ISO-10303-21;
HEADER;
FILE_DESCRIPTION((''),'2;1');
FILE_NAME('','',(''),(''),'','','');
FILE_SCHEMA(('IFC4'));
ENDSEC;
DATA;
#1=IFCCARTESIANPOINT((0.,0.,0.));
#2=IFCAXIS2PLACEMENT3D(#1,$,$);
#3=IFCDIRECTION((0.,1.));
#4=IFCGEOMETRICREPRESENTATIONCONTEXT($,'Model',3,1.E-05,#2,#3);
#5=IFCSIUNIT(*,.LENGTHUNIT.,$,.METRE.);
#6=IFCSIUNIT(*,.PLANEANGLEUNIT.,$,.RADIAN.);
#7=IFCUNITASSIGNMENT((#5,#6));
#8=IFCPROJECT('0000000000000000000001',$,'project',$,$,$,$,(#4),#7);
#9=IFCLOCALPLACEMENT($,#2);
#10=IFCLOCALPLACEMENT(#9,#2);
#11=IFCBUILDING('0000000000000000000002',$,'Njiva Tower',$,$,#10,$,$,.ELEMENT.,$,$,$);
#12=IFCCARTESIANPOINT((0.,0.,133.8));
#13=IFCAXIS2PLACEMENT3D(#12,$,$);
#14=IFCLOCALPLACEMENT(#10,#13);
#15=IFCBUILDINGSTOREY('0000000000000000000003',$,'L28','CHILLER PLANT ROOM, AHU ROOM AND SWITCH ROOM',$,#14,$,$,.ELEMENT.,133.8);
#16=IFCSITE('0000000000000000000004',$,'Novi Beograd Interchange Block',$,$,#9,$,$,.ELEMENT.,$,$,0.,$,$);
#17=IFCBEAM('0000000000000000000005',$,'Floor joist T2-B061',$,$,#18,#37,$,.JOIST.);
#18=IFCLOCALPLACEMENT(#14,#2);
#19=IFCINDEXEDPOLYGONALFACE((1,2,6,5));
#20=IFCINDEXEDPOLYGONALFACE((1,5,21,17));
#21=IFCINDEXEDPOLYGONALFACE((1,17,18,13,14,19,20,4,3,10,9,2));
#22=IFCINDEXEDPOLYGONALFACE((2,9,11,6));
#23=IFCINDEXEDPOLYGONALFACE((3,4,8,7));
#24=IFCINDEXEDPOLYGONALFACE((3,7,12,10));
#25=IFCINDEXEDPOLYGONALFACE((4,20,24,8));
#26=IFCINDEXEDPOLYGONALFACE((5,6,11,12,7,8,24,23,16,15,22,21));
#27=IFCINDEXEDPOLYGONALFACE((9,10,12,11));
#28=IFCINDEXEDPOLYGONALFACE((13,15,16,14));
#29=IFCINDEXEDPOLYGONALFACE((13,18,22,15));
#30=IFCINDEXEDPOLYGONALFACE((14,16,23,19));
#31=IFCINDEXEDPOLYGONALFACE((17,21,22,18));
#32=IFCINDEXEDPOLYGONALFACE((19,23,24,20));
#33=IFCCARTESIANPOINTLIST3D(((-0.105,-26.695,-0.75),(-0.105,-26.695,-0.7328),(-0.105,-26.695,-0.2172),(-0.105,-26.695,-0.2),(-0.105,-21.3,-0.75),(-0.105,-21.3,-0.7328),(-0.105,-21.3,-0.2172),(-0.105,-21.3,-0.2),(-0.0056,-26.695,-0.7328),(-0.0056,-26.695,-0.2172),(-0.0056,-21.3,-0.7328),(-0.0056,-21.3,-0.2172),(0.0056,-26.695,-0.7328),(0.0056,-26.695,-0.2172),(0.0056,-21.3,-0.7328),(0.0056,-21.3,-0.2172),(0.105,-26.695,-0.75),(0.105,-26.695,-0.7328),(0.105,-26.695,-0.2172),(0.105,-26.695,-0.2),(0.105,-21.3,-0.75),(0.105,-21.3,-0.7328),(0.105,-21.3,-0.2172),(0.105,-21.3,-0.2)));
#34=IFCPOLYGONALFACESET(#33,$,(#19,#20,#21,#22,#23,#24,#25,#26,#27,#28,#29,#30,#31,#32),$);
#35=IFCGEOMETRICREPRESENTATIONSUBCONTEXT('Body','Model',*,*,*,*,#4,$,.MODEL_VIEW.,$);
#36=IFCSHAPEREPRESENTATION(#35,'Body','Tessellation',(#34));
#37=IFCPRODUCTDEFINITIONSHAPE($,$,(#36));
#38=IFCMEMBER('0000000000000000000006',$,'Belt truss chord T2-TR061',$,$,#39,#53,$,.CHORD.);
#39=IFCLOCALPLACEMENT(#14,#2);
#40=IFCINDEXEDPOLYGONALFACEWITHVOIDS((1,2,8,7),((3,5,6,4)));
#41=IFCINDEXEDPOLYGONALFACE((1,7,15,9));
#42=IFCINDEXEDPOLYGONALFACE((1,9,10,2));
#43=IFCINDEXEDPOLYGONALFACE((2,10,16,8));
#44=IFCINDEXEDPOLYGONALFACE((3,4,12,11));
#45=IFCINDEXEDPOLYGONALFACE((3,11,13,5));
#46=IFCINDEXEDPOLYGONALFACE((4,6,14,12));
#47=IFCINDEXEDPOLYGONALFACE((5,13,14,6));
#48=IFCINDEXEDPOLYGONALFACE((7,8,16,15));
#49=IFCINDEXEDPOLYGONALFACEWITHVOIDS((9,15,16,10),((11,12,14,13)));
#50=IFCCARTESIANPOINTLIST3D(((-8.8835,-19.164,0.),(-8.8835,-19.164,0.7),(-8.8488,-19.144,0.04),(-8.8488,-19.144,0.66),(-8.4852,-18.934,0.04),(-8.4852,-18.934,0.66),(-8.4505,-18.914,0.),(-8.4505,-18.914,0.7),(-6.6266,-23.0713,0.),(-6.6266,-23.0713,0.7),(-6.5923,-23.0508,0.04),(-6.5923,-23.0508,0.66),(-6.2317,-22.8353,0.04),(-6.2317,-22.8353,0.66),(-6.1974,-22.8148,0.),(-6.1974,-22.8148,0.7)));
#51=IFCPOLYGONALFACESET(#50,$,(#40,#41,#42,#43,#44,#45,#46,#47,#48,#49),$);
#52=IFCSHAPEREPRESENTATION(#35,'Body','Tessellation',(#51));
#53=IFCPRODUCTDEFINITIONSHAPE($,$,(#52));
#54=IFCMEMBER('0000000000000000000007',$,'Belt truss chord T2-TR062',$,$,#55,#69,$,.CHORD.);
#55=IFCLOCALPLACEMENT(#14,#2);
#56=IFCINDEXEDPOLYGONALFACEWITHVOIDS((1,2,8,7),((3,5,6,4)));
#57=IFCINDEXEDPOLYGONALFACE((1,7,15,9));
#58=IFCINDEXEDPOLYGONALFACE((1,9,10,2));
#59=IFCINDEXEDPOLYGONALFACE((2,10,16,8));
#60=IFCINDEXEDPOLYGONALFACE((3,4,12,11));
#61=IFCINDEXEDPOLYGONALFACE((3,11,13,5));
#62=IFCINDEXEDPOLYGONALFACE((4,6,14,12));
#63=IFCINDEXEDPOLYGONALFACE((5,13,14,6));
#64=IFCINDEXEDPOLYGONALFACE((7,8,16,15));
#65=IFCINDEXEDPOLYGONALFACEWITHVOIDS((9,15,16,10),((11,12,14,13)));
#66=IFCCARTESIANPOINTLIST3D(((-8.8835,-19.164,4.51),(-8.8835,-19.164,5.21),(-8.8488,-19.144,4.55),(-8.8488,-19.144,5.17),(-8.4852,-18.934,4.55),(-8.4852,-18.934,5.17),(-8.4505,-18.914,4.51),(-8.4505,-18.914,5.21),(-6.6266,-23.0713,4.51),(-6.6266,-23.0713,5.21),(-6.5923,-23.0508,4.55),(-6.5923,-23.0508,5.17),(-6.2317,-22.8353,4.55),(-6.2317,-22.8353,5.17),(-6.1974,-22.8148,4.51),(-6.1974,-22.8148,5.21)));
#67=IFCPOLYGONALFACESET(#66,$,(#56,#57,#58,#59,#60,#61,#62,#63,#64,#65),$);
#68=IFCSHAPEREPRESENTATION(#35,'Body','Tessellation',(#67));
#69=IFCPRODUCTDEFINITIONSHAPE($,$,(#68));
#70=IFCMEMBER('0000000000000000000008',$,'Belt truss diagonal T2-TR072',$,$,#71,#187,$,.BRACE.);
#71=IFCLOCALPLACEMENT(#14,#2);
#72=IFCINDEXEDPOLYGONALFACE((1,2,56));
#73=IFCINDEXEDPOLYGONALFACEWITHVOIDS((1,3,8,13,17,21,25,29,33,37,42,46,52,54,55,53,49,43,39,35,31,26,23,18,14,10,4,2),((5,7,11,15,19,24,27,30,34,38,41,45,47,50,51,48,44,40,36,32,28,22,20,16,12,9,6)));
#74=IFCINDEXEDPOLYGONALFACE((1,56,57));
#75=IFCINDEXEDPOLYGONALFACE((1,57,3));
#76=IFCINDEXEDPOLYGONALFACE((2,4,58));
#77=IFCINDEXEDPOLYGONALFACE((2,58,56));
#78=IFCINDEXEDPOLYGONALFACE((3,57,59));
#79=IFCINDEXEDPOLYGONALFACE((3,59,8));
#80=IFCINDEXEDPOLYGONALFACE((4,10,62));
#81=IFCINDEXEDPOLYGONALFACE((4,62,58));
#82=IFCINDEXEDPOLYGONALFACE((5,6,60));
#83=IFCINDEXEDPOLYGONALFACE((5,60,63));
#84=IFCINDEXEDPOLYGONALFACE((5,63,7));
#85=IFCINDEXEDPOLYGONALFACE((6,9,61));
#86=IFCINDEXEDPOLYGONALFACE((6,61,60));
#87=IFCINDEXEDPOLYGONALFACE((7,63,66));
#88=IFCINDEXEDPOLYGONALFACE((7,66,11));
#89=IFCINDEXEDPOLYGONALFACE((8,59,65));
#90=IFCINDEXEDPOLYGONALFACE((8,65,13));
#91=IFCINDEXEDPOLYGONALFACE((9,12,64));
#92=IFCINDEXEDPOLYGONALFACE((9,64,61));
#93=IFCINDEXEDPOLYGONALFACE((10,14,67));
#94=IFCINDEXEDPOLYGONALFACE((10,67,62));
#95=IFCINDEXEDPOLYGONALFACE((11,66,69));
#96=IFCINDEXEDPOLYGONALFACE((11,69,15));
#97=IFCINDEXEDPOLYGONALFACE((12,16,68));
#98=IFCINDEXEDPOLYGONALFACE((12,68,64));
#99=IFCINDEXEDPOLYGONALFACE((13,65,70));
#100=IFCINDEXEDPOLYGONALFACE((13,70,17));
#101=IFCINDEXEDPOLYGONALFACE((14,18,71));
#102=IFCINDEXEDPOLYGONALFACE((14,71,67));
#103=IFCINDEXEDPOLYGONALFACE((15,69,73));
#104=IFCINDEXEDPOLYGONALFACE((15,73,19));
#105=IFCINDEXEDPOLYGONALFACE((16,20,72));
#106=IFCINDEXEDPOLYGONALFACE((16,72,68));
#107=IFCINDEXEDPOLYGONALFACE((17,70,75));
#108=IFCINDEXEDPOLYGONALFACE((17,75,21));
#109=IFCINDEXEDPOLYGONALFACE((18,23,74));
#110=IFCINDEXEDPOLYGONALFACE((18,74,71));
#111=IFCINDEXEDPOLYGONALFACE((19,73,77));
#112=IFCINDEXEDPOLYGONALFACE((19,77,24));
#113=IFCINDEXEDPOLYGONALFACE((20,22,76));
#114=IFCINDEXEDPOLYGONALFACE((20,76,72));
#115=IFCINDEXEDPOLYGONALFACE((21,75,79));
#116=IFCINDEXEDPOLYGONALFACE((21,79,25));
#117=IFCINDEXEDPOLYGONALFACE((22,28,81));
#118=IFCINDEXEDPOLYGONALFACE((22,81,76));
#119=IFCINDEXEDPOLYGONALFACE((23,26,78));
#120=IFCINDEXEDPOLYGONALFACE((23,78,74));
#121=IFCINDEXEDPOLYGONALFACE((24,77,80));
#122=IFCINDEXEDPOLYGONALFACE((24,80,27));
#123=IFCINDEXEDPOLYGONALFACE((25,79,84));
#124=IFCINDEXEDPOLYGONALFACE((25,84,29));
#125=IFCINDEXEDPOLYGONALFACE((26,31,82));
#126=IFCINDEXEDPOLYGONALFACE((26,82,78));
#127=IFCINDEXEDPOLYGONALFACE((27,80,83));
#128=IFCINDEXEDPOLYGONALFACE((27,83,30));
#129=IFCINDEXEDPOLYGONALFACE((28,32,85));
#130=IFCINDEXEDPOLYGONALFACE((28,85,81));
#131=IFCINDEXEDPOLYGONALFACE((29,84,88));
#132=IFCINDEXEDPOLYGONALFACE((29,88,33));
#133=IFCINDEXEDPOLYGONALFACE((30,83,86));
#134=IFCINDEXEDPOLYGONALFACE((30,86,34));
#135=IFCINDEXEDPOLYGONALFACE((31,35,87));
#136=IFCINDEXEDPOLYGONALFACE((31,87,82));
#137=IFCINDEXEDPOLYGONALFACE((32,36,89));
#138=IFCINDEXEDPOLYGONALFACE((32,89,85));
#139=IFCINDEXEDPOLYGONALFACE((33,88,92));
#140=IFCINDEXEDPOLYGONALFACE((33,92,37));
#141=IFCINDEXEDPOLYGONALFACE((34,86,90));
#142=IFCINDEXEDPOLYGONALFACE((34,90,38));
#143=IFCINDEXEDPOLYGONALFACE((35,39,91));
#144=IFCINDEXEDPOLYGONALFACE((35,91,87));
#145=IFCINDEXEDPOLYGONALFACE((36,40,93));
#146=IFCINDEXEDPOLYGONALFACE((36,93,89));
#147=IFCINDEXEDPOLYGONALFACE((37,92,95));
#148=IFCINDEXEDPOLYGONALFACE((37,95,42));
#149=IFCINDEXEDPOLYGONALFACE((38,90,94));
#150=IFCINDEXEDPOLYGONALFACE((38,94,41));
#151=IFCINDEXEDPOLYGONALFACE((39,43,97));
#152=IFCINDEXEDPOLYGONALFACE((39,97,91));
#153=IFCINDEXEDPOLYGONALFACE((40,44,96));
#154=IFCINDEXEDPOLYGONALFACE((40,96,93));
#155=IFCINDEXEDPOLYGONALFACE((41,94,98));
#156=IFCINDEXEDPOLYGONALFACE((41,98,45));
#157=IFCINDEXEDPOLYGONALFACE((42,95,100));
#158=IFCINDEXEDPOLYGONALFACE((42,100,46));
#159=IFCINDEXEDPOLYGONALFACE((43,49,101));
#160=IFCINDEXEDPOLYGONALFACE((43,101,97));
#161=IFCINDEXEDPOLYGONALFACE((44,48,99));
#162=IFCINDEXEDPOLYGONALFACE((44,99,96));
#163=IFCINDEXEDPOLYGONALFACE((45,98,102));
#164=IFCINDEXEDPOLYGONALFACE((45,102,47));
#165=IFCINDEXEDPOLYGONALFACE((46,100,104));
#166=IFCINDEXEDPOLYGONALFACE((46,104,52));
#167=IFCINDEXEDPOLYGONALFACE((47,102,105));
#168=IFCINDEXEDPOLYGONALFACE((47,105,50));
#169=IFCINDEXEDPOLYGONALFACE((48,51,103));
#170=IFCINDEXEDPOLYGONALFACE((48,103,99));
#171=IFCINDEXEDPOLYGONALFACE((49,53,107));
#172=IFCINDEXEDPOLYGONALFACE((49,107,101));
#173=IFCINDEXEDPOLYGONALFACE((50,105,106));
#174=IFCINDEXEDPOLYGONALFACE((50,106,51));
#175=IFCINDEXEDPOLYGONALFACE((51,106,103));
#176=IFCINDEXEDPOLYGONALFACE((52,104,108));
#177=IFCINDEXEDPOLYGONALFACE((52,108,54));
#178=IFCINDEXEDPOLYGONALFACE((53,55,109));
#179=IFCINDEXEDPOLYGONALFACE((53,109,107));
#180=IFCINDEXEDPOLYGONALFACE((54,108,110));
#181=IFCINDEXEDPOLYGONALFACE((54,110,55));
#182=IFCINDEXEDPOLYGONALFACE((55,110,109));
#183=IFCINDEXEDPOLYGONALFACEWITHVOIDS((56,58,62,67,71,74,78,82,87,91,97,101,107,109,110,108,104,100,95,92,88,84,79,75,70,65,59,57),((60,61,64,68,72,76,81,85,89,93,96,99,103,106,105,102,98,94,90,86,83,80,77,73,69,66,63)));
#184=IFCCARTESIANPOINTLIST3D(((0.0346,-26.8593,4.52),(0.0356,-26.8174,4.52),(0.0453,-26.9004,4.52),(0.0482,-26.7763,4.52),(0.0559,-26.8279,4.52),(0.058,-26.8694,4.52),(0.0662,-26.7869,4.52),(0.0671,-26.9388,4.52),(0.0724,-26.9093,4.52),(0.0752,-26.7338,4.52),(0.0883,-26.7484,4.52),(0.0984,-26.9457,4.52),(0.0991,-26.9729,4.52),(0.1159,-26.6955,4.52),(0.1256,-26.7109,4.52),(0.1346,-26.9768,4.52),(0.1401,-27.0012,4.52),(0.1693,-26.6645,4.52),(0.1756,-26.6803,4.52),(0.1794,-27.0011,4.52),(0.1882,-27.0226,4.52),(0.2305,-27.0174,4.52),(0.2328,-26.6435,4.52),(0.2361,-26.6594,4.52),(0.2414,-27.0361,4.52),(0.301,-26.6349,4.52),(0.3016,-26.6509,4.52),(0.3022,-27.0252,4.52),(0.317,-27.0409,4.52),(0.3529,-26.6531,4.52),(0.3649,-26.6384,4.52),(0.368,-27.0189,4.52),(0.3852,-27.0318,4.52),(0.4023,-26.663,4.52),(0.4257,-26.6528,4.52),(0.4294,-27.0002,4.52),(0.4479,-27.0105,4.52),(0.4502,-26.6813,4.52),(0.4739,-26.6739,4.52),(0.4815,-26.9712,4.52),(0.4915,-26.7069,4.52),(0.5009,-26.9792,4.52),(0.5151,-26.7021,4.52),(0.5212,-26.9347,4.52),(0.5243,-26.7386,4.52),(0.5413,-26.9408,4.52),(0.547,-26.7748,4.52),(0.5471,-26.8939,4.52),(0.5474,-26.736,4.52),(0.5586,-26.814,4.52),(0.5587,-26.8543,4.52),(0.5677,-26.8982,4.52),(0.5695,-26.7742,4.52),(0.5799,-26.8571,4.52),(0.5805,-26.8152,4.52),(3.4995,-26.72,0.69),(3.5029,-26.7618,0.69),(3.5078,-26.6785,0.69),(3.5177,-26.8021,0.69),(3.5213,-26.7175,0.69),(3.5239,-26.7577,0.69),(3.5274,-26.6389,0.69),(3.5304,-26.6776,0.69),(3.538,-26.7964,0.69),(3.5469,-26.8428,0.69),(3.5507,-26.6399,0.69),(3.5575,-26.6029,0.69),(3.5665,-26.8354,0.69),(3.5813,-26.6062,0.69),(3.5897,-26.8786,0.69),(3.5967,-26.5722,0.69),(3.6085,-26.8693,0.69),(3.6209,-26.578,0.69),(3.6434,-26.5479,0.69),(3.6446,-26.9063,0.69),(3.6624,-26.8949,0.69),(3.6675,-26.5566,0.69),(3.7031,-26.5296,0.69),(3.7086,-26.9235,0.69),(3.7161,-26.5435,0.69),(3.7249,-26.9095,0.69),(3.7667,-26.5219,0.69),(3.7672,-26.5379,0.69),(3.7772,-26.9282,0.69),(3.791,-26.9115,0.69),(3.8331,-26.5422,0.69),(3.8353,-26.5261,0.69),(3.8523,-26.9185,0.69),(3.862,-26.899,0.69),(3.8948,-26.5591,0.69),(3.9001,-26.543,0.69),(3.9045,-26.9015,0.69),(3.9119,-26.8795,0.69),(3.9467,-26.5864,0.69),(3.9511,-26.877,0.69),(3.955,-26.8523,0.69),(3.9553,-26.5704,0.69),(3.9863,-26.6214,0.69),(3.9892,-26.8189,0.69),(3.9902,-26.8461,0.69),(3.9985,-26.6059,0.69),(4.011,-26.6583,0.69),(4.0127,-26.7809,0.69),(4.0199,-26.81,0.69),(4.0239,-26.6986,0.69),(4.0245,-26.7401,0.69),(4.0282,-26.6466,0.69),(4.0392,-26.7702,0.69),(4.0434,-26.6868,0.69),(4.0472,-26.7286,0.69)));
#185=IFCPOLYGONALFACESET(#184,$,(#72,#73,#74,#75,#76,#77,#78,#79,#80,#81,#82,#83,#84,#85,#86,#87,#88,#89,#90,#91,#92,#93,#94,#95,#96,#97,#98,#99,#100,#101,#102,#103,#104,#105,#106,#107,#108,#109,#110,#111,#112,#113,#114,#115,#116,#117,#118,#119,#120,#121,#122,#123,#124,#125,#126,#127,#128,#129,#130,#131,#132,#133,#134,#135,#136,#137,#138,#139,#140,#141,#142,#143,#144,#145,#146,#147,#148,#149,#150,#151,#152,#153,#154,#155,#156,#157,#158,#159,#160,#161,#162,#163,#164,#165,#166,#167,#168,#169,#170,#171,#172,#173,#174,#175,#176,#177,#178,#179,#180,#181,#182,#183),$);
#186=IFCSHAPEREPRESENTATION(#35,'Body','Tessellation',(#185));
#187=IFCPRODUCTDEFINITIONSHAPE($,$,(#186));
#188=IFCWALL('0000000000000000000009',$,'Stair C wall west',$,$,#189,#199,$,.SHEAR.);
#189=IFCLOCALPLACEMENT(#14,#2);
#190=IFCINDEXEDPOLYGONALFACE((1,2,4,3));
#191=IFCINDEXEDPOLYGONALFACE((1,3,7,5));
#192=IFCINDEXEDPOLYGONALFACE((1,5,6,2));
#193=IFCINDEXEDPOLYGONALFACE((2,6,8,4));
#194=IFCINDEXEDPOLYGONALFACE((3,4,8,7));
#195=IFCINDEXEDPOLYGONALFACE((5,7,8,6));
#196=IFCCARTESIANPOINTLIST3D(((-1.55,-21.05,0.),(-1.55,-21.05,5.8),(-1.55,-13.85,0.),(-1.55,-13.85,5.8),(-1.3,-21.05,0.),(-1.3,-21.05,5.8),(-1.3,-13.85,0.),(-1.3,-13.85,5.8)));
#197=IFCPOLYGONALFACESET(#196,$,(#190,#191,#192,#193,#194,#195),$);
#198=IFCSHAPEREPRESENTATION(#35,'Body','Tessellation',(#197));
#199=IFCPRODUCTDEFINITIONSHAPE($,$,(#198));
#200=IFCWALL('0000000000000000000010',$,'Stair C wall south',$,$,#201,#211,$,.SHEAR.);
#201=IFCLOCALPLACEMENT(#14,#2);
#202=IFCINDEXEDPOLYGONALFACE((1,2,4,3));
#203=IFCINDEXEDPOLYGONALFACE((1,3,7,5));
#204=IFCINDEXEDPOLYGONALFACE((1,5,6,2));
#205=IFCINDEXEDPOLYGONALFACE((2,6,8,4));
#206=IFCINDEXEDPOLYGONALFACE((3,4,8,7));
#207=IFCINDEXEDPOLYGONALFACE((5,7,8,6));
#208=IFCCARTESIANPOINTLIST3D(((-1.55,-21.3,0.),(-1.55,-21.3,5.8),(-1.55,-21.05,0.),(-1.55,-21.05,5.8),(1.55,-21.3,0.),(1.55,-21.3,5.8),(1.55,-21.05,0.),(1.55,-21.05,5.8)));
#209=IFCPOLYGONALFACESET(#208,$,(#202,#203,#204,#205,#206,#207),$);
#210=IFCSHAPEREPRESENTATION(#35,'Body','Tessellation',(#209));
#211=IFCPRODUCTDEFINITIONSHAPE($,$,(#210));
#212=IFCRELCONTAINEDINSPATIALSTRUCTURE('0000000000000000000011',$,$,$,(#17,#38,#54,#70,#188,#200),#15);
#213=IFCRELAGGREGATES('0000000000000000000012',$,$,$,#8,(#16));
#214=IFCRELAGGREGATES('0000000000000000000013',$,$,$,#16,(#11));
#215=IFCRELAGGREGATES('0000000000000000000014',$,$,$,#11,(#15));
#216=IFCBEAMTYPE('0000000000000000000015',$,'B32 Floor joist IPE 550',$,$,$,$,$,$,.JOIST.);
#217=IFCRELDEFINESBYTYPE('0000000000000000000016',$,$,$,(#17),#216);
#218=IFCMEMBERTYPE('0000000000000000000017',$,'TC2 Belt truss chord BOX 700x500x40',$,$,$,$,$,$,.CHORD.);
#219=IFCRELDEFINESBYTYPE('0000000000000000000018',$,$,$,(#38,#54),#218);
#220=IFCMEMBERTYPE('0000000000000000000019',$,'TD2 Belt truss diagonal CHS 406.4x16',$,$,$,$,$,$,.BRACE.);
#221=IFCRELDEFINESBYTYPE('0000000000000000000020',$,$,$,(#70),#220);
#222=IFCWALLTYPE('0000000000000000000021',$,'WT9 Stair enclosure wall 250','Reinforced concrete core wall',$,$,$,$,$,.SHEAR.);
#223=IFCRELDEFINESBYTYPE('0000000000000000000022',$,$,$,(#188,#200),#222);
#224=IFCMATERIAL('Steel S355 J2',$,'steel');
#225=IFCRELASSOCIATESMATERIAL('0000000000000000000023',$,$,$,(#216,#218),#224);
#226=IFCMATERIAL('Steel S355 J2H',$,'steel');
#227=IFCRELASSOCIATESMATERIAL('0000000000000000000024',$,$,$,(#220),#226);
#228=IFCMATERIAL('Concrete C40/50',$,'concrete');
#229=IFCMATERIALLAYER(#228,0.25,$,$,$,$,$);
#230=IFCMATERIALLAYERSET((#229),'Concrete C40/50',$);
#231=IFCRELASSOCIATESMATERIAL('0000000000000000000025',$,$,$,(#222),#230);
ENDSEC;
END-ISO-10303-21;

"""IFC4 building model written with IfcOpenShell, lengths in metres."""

from ifc_helpers import new_model, si_unit, direction, frame, frame_2d, origin, origin_2d, place, context, subcontext, project, spatial, rectangle, hollow_rectangle, hollow_circle, i_section, extrude, clip, halfspace, material, layer, layer_set, material_profile, profile_set, type_object, element, save


model = new_model("IFC4")

# Units and contexts
model_context = context("Model", 3, precision=1e-05, world=origin(), true_north=direction((0.0, 1.0)))
body_context = subcontext(model_context, "Body", "Model", "MODEL_VIEW")
ifc_project = project(units=[si_unit("LENGTHUNIT", "METRE"), si_unit("PLANEANGLEUNIT", "RADIAN")], contexts=[model_context])

# Site, building, storey
site_placement = place(None, origin())
site = spatial("IfcSite", under=ifc_project, at=site_placement, Name="Novi Beograd Interchange Block", CompositionType="ELEMENT", RefElevation=0.0)
building_placement = place(site_placement, origin())
building = spatial("IfcBuilding", under=site, at=building_placement, Name="Njiva Tower", CompositionType="ELEMENT")
storey_placement = place(building_placement, frame((0.0, 0.0, 133.8)))
storey = spatial("IfcBuildingStorey", under=building, at=storey_placement, Name="L28", Description="CHILLER PLANT ROOM, AHU ROOM AND SWITCH ROOM", CompositionType="ELEMENT", Elevation=133.8)

# Shared definitions
ifc_material_1 = material(Name="Steel S355 J2", Category="steel")

# Beam
ifc_material_profile_1 = material_profile(ifc_material_1, i_section(OverallWidth=0.21, OverallDepth=0.55, WebThickness=0.0111, FlangeThickness=0.0172, at=origin_2d()), Name="IPE 550")
ifc_profile_set_1 = profile_set([ifc_material_profile_1], Name="Steel S355 J2")
beam_type_1 = type_object("IfcBeamType", Name="B32 Floor joist IPE 550", PredefinedType="JOIST", material=ifc_profile_set_1)
beam_1_placement = place(storey_placement, frame((0.0, -21.3, -0.475), z_axis=(0.0, -1.0, 0.0), x_axis=(1.0, 0.0, 0.0)))
element("IfcBeam", 1, at=beam_1_placement, inside=storey, type_object=beam_type_1, Name="Floor joist T2-B061", PredefinedType="JOIST", context=body_context, shape_type="SweptSolid", body=[
    extrude(i_section(OverallWidth=0.21, OverallDepth=0.55, WebThickness=0.0111, FlangeThickness=0.0172, at=origin_2d()), origin(), (0.0, 0.0, 1.0), 5.395),
])

# Members
ifc_material_profile_2 = material_profile(ifc_material_1, hollow_rectangle(XDim=0.5, YDim=0.7, WallThickness=0.04, at=origin_2d()), Name="BOX 700x500x40")
ifc_profile_set_2 = profile_set([ifc_material_profile_2], Name="Steel S355 J2")
member_type_1 = type_object("IfcMemberType", Name="TC2 Belt truss chord BOX 700x500x40", PredefinedType="CHORD", material=ifc_profile_set_2)
member_1_placement = place(storey_placement, frame((-8.667, -19.039, 0.35), z_axis=(0.50017, -0.865927, 0.0), x_axis=(0.865927, 0.50017, 0.0)))
element("IfcMember", 2, at=member_1_placement, inside=storey, type_object=member_type_1, Name="Belt truss chord T2-TR061", PredefinedType="CHORD", context=body_context, shape_type="Clipping", body=[
    clip(extrude(hollow_rectangle(XDim=0.5, YDim=0.7, WallThickness=0.04, at=origin_2d()), origin(), (0.0, 0.0, 1.0), 4.5425), halfspace(frame((0.0, -134.15, 4.5085), z_axis=(0.014866, 0.0, 0.99989), x_axis=(0.0, 1.0, 0.0)), False)),
])
member_2_placement = place(storey_placement, frame((-8.667, -19.039, 4.86), z_axis=(0.50017, -0.865927, 0.0), x_axis=(0.865927, 0.50017, 0.0)))
element("IfcMember", 3, at=member_2_placement, inside=storey, type_object=member_type_1, Name="Belt truss chord T2-TR062", PredefinedType="CHORD", context=body_context, shape_type="Clipping", body=[
    clip(extrude(hollow_rectangle(XDim=0.5, YDim=0.7, WallThickness=0.04, at=origin_2d()), origin(), (0.0, 0.0, 1.0), 4.5425), halfspace(frame((0.0, -138.66, 4.5085), z_axis=(0.014866, 0.0, 0.99989), x_axis=(0.0, 1.0, 0.0)), False)),
])
ifc_material_2 = material(Name="Steel S355 J2H", Category="steel")
ifc_material_profile_3 = material_profile(ifc_material_2, hollow_circle(Radius=0.2032, WallThickness=0.016, at=origin_2d()), Name="CHS 406.4x16")
ifc_profile_set_3 = profile_set([ifc_material_profile_3], Name="Steel S355 J2H")
member_type_2 = type_object("IfcMemberType", Name="TD2 Belt truss diagonal CHS 406.4x16", PredefinedType="BRACE", material=ifc_profile_set_3)
member_3_placement = place(storey_placement, frame((-0.1449, -26.8527, 5.0201), z_axis=(0.6708, 0.021861, -0.741316), x_axis=(-0.032573, 0.999469, 0.0)))
element("IfcMember", 4, at=member_3_placement, inside=storey, type_object=member_type_2, Name="Belt truss diagonal T2-TR072", PredefinedType="BRACE", context=body_context, shape_type="Clipping", body=[
    clip(clip(extrude(hollow_circle(Radius=0.2032, WallThickness=0.016, at=origin_2d()), origin(), (0.0, 0.0, 1.0), 6.5158), halfspace(frame((26.8338, 0.4201, 1.055), z_axis=(0.0, 0.671156, -0.741316), x_axis=(0.0, -0.741316, -0.671156)), False)), halfspace(frame((26.8338, -2.1504, 3.8942), z_axis=(0.0, -0.671156, 0.741316), x_axis=(0.0, 0.741316, 0.671156)), False)),
])

# Walls
ifc_material_3 = material(Name="Concrete C40/50", Category="concrete")
ifc_layer_1 = layer(ifc_material_3, 0.25)
ifc_layer_set_1 = layer_set([ifc_layer_1], Name="Concrete C40/50")
wall_type_1 = type_object("IfcWallType", Name="WT9 Stair enclosure wall 250", Description="Reinforced concrete core wall", PredefinedType="SHEAR", material=ifc_layer_set_1)
wall_1_placement = place(storey_placement, frame((-1.425, -21.05, 0.0), z_axis=(0.0, 0.0, 1.0), x_axis=(0.0, 1.0, 0.0)))
element("IfcWall", 5, at=wall_1_placement, inside=storey, type_object=wall_type_1, Name="Stair C wall west", PredefinedType="SHEAR", context=body_context, shape_type="SweptSolid", body=[
    extrude(rectangle(XDim=7.2, YDim=0.25, at=frame_2d((3.6, 0.0))), origin(), (0.0, 0.0, 1.0), 5.8),
])
wall_2_placement = place(storey_placement, frame((-1.55, -21.175, 0.0), z_axis=(0.0, 0.0, 1.0), x_axis=(1.0, 0.0, 0.0)))
element("IfcWall", 6, at=wall_2_placement, inside=storey, type_object=wall_type_1, Name="Stair C wall south", PredefinedType="SHEAR", context=body_context, shape_type="SweptSolid", body=[
    extrude(rectangle(XDim=3.1, YDim=0.25, at=frame_2d((1.55, 0.0))), origin(), (0.0, 0.0, 1.0), 5.8),
])

save(model, "model.ifc")
